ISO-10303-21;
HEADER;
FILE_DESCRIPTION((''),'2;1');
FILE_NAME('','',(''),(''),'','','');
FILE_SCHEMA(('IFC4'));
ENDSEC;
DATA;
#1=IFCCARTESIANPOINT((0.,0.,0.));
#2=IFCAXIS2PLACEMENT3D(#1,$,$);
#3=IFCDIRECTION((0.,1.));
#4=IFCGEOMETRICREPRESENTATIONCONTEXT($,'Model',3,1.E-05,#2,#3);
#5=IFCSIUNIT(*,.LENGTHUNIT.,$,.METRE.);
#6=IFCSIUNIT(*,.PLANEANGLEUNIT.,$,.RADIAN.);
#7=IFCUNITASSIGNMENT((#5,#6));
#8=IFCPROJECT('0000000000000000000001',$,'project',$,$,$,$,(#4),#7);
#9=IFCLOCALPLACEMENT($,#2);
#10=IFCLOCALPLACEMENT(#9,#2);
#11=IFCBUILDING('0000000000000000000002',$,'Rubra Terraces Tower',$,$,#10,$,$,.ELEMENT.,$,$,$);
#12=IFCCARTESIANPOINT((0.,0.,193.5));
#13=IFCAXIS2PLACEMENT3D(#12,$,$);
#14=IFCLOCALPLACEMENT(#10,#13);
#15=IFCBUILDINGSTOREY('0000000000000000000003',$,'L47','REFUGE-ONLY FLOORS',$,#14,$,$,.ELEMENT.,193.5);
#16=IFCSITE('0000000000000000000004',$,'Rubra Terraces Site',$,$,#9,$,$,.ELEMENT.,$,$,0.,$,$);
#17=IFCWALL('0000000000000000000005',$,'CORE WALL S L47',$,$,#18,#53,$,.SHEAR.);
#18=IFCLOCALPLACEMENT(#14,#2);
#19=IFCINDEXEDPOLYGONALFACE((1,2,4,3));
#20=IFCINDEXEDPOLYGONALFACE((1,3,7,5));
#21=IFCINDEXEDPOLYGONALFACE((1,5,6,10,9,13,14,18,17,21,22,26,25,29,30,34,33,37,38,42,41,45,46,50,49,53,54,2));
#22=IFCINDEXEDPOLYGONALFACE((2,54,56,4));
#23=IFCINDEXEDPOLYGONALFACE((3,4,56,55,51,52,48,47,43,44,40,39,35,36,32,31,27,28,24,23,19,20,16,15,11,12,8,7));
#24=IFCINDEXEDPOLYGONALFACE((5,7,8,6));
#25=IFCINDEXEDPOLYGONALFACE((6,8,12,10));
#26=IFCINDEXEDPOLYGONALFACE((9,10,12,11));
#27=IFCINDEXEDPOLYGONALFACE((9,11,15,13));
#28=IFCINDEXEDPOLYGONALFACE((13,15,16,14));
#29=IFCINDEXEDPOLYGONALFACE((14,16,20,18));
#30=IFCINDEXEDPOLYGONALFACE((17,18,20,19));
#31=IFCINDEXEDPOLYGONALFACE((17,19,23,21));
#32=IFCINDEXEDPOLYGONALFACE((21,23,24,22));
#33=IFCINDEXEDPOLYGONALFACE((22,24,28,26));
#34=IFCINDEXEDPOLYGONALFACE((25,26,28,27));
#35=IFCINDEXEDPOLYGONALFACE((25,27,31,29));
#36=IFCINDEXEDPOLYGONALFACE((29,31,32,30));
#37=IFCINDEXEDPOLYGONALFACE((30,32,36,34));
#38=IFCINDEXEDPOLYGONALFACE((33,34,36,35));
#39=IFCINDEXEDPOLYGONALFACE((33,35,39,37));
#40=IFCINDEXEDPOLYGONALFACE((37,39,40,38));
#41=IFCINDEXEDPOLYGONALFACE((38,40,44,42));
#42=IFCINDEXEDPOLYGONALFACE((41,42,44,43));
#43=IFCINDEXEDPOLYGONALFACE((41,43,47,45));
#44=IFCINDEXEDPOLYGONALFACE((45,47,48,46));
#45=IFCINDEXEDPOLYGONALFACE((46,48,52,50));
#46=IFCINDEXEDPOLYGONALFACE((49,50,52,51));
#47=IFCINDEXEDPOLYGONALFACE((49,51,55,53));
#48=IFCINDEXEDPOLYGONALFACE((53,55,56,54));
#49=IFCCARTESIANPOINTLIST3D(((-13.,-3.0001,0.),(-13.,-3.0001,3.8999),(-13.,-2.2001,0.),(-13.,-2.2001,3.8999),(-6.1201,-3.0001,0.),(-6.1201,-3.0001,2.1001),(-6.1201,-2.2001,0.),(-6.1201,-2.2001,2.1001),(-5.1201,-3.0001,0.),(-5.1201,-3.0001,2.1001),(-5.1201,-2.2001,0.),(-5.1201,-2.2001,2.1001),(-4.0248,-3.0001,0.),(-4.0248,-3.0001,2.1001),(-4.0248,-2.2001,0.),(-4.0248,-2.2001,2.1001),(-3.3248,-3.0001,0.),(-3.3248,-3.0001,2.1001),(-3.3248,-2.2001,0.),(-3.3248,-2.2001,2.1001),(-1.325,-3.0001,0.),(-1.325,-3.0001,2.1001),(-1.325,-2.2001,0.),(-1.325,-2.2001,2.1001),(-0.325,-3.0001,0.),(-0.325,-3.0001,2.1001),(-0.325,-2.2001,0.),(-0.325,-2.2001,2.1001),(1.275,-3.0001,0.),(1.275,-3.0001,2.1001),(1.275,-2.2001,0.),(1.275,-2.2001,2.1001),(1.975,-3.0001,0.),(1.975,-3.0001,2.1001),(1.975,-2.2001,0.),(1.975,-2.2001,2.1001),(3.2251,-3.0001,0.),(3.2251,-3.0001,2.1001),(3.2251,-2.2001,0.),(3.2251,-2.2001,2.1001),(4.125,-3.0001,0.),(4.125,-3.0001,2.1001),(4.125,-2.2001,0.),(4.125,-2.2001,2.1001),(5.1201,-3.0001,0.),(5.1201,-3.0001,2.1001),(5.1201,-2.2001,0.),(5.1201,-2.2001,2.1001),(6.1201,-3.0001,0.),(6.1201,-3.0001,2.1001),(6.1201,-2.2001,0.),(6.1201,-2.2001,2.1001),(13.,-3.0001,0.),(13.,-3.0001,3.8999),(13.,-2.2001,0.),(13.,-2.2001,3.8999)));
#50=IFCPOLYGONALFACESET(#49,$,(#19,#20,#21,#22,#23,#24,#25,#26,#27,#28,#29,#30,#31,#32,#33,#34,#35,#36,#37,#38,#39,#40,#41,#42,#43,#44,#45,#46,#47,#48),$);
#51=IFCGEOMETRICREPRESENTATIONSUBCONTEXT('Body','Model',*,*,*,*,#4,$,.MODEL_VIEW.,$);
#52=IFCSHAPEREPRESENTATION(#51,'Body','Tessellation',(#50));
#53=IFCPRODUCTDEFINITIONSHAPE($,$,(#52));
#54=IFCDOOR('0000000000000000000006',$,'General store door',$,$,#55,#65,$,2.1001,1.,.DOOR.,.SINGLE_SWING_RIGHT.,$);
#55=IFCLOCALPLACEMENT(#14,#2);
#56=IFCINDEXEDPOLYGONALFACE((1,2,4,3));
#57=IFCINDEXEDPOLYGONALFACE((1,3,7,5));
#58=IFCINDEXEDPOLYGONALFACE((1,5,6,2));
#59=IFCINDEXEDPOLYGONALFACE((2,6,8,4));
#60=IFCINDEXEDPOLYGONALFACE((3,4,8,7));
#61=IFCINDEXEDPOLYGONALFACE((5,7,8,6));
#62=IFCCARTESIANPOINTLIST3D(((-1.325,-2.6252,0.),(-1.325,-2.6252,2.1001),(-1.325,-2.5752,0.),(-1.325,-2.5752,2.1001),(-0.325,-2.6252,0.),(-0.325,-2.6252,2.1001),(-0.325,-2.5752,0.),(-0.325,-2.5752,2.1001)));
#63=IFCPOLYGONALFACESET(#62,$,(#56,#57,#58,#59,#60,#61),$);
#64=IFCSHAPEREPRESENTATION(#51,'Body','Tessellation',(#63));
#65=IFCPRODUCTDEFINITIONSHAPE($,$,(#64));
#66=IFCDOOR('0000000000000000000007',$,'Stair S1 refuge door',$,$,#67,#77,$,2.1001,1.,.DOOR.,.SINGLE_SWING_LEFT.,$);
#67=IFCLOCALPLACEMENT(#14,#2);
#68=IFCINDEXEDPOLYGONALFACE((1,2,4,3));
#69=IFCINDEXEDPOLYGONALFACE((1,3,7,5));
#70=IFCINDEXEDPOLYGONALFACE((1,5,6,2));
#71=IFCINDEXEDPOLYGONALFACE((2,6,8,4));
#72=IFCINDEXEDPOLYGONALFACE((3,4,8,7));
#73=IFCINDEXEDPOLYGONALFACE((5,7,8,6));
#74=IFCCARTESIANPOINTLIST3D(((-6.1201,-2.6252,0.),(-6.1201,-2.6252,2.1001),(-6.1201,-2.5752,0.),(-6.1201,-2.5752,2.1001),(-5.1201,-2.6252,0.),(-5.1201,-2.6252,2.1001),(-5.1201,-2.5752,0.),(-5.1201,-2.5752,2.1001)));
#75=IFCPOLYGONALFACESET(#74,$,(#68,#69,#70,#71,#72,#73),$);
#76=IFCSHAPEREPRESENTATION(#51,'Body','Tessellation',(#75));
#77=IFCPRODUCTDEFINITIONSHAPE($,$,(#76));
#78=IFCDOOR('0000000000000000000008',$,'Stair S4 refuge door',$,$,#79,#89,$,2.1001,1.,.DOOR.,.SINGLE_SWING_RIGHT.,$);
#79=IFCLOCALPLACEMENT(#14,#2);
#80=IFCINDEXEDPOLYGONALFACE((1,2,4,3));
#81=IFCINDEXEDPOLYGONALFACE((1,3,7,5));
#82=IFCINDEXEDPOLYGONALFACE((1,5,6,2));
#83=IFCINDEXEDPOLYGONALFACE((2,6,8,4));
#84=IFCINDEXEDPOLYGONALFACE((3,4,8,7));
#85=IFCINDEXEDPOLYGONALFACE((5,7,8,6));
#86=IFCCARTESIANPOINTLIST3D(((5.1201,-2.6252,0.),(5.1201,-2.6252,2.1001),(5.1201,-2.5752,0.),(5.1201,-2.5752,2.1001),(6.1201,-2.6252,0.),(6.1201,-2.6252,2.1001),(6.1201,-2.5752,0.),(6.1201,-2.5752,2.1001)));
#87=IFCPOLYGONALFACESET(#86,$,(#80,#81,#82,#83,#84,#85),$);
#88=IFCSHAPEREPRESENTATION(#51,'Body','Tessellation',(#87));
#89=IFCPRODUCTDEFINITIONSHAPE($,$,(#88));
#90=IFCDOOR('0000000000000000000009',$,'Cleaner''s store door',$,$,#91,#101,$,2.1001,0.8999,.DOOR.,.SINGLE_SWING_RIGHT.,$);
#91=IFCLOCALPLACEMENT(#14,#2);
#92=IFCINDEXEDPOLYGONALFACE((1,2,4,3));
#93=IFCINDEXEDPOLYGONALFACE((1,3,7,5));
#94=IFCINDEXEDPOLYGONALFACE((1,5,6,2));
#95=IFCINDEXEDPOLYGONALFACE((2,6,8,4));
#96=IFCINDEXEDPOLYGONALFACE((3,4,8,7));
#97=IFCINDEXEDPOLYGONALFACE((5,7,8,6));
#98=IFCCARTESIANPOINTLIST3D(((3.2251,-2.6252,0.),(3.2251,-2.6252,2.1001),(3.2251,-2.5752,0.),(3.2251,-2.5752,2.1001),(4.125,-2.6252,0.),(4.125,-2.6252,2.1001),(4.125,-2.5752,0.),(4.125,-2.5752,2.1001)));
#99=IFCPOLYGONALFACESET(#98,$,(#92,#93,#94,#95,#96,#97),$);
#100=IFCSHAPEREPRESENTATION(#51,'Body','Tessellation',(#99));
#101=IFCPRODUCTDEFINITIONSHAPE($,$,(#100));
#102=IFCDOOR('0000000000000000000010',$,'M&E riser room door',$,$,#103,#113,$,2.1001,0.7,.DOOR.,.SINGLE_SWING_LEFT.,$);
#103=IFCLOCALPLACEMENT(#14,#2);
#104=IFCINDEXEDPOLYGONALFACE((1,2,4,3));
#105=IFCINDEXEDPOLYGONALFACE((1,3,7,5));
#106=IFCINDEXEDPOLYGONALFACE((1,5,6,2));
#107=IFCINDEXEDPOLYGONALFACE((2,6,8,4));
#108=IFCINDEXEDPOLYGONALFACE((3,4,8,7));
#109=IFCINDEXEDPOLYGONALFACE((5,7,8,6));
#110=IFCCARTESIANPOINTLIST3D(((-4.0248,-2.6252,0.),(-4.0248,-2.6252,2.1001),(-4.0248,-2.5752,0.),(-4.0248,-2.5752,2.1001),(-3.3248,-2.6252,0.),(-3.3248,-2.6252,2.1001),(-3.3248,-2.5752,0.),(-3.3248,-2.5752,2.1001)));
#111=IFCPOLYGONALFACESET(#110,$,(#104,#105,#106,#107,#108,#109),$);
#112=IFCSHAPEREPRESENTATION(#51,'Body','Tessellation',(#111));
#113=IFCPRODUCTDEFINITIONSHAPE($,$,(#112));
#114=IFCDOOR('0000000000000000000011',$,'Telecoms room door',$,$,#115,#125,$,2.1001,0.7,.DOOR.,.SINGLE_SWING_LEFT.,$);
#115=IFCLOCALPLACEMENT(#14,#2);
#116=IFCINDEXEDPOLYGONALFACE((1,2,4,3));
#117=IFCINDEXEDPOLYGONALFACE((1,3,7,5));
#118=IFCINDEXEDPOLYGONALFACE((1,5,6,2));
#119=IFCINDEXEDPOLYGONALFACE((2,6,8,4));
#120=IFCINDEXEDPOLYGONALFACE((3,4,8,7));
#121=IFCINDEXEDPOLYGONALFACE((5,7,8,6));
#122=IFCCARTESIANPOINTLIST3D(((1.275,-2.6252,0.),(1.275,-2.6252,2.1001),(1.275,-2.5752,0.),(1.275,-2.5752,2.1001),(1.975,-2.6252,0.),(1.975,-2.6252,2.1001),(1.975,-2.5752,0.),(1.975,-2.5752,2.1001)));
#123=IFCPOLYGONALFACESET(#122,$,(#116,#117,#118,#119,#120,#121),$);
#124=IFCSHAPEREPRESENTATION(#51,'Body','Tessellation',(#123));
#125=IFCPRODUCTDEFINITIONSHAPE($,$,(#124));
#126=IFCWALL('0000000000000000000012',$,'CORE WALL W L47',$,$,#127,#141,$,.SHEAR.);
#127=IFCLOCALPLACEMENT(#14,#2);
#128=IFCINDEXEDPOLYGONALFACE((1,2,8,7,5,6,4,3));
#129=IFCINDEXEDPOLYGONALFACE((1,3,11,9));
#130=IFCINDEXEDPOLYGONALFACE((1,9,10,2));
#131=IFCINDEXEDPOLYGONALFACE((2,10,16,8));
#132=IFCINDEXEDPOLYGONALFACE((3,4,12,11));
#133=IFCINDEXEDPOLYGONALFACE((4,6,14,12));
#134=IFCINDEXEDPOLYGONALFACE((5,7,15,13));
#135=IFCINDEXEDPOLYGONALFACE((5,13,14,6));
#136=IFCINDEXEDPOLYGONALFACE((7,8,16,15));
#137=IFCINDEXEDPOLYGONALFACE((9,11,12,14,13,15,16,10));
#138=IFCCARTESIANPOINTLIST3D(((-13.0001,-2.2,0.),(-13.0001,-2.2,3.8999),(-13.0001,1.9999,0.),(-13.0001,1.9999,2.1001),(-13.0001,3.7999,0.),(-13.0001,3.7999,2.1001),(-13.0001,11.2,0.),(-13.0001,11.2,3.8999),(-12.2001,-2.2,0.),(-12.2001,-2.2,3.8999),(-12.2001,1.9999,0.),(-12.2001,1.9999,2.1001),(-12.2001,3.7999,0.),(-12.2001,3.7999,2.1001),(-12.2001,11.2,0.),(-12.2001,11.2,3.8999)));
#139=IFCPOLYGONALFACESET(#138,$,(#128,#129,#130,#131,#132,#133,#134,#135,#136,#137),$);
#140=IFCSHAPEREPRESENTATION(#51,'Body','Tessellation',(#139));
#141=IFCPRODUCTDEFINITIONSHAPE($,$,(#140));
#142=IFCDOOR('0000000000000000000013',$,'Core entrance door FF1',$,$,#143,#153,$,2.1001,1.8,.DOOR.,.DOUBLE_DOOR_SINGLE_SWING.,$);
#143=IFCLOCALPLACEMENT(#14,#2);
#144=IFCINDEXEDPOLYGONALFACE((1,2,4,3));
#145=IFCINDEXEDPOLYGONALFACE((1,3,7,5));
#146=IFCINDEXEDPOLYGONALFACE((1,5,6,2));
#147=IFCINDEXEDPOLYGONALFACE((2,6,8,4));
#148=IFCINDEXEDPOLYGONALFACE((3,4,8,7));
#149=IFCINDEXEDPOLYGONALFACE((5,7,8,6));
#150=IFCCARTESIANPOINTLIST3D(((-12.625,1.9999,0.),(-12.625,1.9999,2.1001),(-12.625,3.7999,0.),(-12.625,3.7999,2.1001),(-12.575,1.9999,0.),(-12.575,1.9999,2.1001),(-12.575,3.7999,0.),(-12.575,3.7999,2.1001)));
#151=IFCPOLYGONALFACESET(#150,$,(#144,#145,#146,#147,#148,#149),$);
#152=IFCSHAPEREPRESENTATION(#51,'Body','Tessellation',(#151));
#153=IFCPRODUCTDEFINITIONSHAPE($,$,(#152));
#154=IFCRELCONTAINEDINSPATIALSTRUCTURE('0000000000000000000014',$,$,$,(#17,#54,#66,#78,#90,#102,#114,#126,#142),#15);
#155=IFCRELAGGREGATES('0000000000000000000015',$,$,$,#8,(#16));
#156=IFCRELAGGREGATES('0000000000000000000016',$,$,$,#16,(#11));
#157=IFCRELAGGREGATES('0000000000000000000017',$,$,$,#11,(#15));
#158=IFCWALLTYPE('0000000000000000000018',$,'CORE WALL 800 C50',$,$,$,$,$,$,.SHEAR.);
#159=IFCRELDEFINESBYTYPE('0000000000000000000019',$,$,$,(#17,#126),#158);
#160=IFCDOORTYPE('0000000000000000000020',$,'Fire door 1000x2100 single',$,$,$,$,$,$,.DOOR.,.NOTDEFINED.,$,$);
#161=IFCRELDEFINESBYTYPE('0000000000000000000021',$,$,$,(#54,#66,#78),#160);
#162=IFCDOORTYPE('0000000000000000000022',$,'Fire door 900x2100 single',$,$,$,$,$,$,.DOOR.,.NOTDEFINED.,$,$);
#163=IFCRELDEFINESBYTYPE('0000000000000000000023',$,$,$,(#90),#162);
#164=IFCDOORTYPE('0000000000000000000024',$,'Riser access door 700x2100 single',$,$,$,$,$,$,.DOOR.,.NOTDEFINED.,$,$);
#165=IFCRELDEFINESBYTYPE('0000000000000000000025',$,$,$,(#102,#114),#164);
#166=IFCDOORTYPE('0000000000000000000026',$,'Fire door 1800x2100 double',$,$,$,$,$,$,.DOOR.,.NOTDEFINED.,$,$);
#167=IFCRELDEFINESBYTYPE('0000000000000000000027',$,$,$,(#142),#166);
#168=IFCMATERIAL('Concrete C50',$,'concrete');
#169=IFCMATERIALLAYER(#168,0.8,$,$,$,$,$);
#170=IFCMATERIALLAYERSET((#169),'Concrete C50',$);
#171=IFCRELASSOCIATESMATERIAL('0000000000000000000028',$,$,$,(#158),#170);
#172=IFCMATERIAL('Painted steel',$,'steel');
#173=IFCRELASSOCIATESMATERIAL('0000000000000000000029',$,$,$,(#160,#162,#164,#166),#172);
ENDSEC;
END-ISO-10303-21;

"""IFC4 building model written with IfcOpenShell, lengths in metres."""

from ifc_helpers import new_model, si_unit, direction, frame, frame_2d, origin, place, context, subcontext, project, spatial, rectangle, extrude, material, layer, layer_set, type_object, element, fill, save


model = new_model("IFC4")

# Units and contexts
model_context = context("Model", 3, precision=1e-05, world=origin(), true_north=direction((0.0, 1.0)))
body_context = subcontext(model_context, "Body", "Model", "MODEL_VIEW")
ifc_project = project(units=[si_unit("LENGTHUNIT", "METRE"), si_unit("PLANEANGLEUNIT", "RADIAN")], contexts=[model_context])

# Site, building, storey
site_placement = place(None, origin())
site = spatial("IfcSite", under=ifc_project, at=site_placement, Name="Rubra Terraces Site", CompositionType="ELEMENT", RefElevation=0.0)
building_placement = place(site_placement, origin())
building = spatial("IfcBuilding", under=site, at=building_placement, Name="Rubra Terraces Tower", CompositionType="ELEMENT")
storey_placement = place(building_placement, frame((0.0, 0.0, 193.5)))
storey = spatial("IfcBuildingStorey", under=building, at=storey_placement, Name="L47", Description="REFUGE-ONLY FLOORS", CompositionType="ELEMENT", Elevation=193.5)

# Wall, openings, doors
ifc_material_1 = material(Name="Concrete C50", Category="concrete")
ifc_layer_1 = layer(ifc_material_1, 0.8)
ifc_layer_set_1 = layer_set([ifc_layer_1], Name="Concrete C50")
wall_type_1 = type_object("IfcWallType", Name="CORE WALL 800 C50", PredefinedType="SHEAR", material=ifc_layer_set_1)
wall_1_placement = place(storey_placement, frame((-13.0, -2.6001, 0.0), z_axis=(0.0, 0.0, 1.0), x_axis=(1.0, 0.0, 0.0)))
wall_1 = element("IfcWall", 1, at=wall_1_placement, inside=storey, type_object=wall_type_1, Name="CORE WALL S L47", PredefinedType="SHEAR", context=body_context, shape_type="SweptSolid", body=[
    extrude(rectangle(XDim=26.0, YDim=0.8, at=frame_2d((13.0, 0.0))), origin(), (0.0, 0.0, 1.0), 3.8999),
])
opening_1_placement = place(wall_1_placement, frame((8.9751, 0.0, 0.0)))
opening_1 = element("IfcOpeningElement", 2, at=opening_1_placement, cuts=wall_1, PredefinedType="OPENING", context=body_context, shape_type="SweptSolid", body=[
    extrude(rectangle(XDim=0.7, YDim=2.1001, at=frame_2d((0.3501, 1.05))), frame((0.0, 0.4099, 0.0), z_axis=(0.0, -1.0, 0.0), x_axis=(1.0, 0.0, 0.0)), (0.0, 0.0, 1.0), 0.8201),
])
opening_2_placement = place(wall_1_placement, frame((11.675, 0.0, 0.0)))
opening_2 = element("IfcOpeningElement", 3, at=opening_2_placement, cuts=wall_1, PredefinedType="OPENING", context=body_context, shape_type="SweptSolid", body=[
    extrude(rectangle(XDim=1.0, YDim=2.1001, at=frame_2d((0.5, 1.05))), frame((0.0, 0.4099, 0.0), z_axis=(0.0, -1.0, 0.0), x_axis=(1.0, 0.0, 0.0)), (0.0, 0.0, 1.0), 0.8201),
])
opening_3_placement = place(wall_1_placement, frame((14.2749, 0.0, 0.0)))
opening_3 = element("IfcOpeningElement", 4, at=opening_3_placement, cuts=wall_1, PredefinedType="OPENING", context=body_context, shape_type="SweptSolid", body=[
    extrude(rectangle(XDim=0.7, YDim=2.1001, at=frame_2d((0.3501, 1.05))), frame((0.0, 0.4099, 0.0), z_axis=(0.0, -1.0, 0.0), x_axis=(1.0, 0.0, 0.0)), (0.0, 0.0, 1.0), 0.8201),
])
opening_4_placement = place(wall_1_placement, frame((16.2251, 0.0, 0.0)))
opening_4 = element("IfcOpeningElement", 5, at=opening_4_placement, cuts=wall_1, PredefinedType="OPENING", context=body_context, shape_type="SweptSolid", body=[
    extrude(rectangle(XDim=0.8999, YDim=2.1001, at=frame_2d((0.45, 1.05))), frame((0.0, 0.4099, 0.0), z_axis=(0.0, -1.0, 0.0), x_axis=(1.0, 0.0, 0.0)), (0.0, 0.0, 1.0), 0.8201),
])
opening_5_placement = place(wall_1_placement, frame((6.8799, 0.0, 0.0)))
opening_5 = element("IfcOpeningElement", 6, at=opening_5_placement, cuts=wall_1, PredefinedType="OPENING", context=body_context, shape_type="SweptSolid", body=[
    extrude(rectangle(XDim=1.0, YDim=2.1001, at=frame_2d((0.5, 1.05))), frame((0.0, 0.4099, 0.0), z_axis=(0.0, -1.0, 0.0), x_axis=(1.0, 0.0, 0.0)), (0.0, 0.0, 1.0), 0.8201),
])
opening_6_placement = place(wall_1_placement, frame((18.1201, 0.0, 0.0)))
opening_6 = element("IfcOpeningElement", 7, at=opening_6_placement, cuts=wall_1, PredefinedType="OPENING", context=body_context, shape_type="SweptSolid", body=[
    extrude(rectangle(XDim=1.0, YDim=2.1001, at=frame_2d((0.5, 1.05))), frame((0.0, 0.4099, 0.0), z_axis=(0.0, -1.0, 0.0), x_axis=(1.0, 0.0, 0.0)), (0.0, 0.0, 1.0), 0.8201),
])
ifc_material_2 = material(Name="Painted steel", Category="steel")
door_type_1 = type_object("IfcDoorType", Name="Fire door 1000x2100 single", OperationType="NOTDEFINED", PredefinedType="DOOR", material=ifc_material_2)
door_1_placement = place(opening_2_placement, origin())
door_1 = element("IfcDoor", 8, at=door_1_placement, inside=storey, type_object=door_type_1, Name="General store door", OperationType="SINGLE_SWING_RIGHT", OverallHeight=2.1001, OverallWidth=1.0, PredefinedType="DOOR", context=body_context, shape_type="SweptSolid", body=[
    extrude(rectangle(XDim=1.0, YDim=2.1001, at=frame_2d((0.5, 1.05))), frame((0.0, 0.0249, 0.0), z_axis=(0.0, -1.0, 0.0), x_axis=(1.0, 0.0, 0.0)), (0.0, 0.0, 1.0), 0.05),
])
fill(opening_2, door_1)
door_2_placement = place(opening_5_placement, origin())
door_2 = element("IfcDoor", 9, at=door_2_placement, inside=storey, type_object=door_type_1, Name="Stair S1 refuge door", OperationType="SINGLE_SWING_LEFT", OverallHeight=2.1001, OverallWidth=1.0, PredefinedType="DOOR", context=body_context, shape_type="SweptSolid", body=[
    extrude(rectangle(XDim=1.0, YDim=2.1001, at=frame_2d((0.5, 1.05))), frame((0.0, 0.0249, 0.0), z_axis=(0.0, -1.0, 0.0), x_axis=(1.0, 0.0, 0.0)), (0.0, 0.0, 1.0), 0.05),
])
fill(opening_5, door_2)
door_3_placement = place(opening_6_placement, origin())
door_3 = element("IfcDoor", 10, at=door_3_placement, inside=storey, type_object=door_type_1, Name="Stair S4 refuge door", OperationType="SINGLE_SWING_RIGHT", OverallHeight=2.1001, OverallWidth=1.0, PredefinedType="DOOR", context=body_context, shape_type="SweptSolid", body=[
    extrude(rectangle(XDim=1.0, YDim=2.1001, at=frame_2d((0.5, 1.05))), frame((0.0, 0.0249, 0.0), z_axis=(0.0, -1.0, 0.0), x_axis=(1.0, 0.0, 0.0)), (0.0, 0.0, 1.0), 0.05),
])
fill(opening_6, door_3)
door_type_2 = type_object("IfcDoorType", Name="Fire door 900x2100 single", OperationType="NOTDEFINED", PredefinedType="DOOR", material=ifc_material_2)
door_4_placement = place(opening_4_placement, origin())
door_4 = element("IfcDoor", 11, at=door_4_placement, inside=storey, type_object=door_type_2, Name="Cleaner's store door", OperationType="SINGLE_SWING_RIGHT", OverallHeight=2.1001, OverallWidth=0.8999, PredefinedType="DOOR", context=body_context, shape_type="SweptSolid", body=[
    extrude(rectangle(XDim=0.8999, YDim=2.1001, at=frame_2d((0.45, 1.05))), frame((0.0, 0.0249, 0.0), z_axis=(0.0, -1.0, 0.0), x_axis=(1.0, 0.0, 0.0)), (0.0, 0.0, 1.0), 0.05),
])
fill(opening_4, door_4)
door_type_3 = type_object("IfcDoorType", Name="Riser access door 700x2100 single", OperationType="NOTDEFINED", PredefinedType="DOOR", material=ifc_material_2)
door_5_placement = place(opening_1_placement, origin())
door_5 = element("IfcDoor", 12, at=door_5_placement, inside=storey, type_object=door_type_3, Name="M&E riser room door", OperationType="SINGLE_SWING_LEFT", OverallHeight=2.1001, OverallWidth=0.7, PredefinedType="DOOR", context=body_context, shape_type="SweptSolid", body=[
    extrude(rectangle(XDim=0.7, YDim=2.1001, at=frame_2d((0.3501, 1.05))), frame((0.0, 0.0249, 0.0), z_axis=(0.0, -1.0, 0.0), x_axis=(1.0, 0.0, 0.0)), (0.0, 0.0, 1.0), 0.05),
])
fill(opening_1, door_5)
door_6_placement = place(opening_3_placement, origin())
door_6 = element("IfcDoor", 13, at=door_6_placement, inside=storey, type_object=door_type_3, Name="Telecoms room door", OperationType="SINGLE_SWING_LEFT", OverallHeight=2.1001, OverallWidth=0.7, PredefinedType="DOOR", context=body_context, shape_type="SweptSolid", body=[
    extrude(rectangle(XDim=0.7, YDim=2.1001, at=frame_2d((0.3501, 1.05))), frame((0.0, 0.0249, 0.0), z_axis=(0.0, -1.0, 0.0), x_axis=(1.0, 0.0, 0.0)), (0.0, 0.0, 1.0), 0.05),
])
fill(opening_3, door_6)

# Wall, opening, door
wall_2_placement = place(storey_placement, frame((-12.6001, -2.2, 0.0), z_axis=(0.0, 0.0, 1.0), x_axis=(0.0, 1.0, 0.0)))
wall_2 = element("IfcWall", 14, at=wall_2_placement, inside=storey, type_object=wall_type_1, Name="CORE WALL W L47", PredefinedType="SHEAR", context=body_context, shape_type="SweptSolid", body=[
    extrude(rectangle(XDim=13.3999, YDim=0.8, at=frame_2d((6.7, 0.0))), origin(), (0.0, 0.0, 1.0), 3.8999),
])
opening_7_placement = place(wall_2_placement, frame((4.2, 0.0, 0.0)))
opening_7 = element("IfcOpeningElement", 15, at=opening_7_placement, cuts=wall_2, PredefinedType="OPENING", context=body_context, shape_type="SweptSolid", body=[
    extrude(rectangle(XDim=1.8, YDim=2.1001, at=frame_2d((0.8999, 1.05))), frame((0.0, 0.4099, 0.0), z_axis=(0.0, -1.0, 0.0), x_axis=(1.0, 0.0, 0.0)), (0.0, 0.0, 1.0), 0.8201),
])
door_type_4 = type_object("IfcDoorType", Name="Fire door 1800x2100 double", OperationType="NOTDEFINED", PredefinedType="DOOR", material=ifc_material_2)
door_7_placement = place(opening_7_placement, origin())
door_7 = element("IfcDoor", 16, at=door_7_placement, inside=storey, type_object=door_type_4, Name="Core entrance door FF1", OperationType="DOUBLE_DOOR_SINGLE_SWING", OverallHeight=2.1001, OverallWidth=1.8, PredefinedType="DOOR", context=body_context, shape_type="SweptSolid", body=[
    extrude(rectangle(XDim=1.8, YDim=2.1001, at=frame_2d((0.8999, 1.05))), frame((0.0, 0.0249, 0.0), z_axis=(0.0, -1.0, 0.0), x_axis=(1.0, 0.0, 0.0)), (0.0, 0.0, 1.0), 0.05),
])
fill(opening_7, door_7)

save(model, "model.ifc")
